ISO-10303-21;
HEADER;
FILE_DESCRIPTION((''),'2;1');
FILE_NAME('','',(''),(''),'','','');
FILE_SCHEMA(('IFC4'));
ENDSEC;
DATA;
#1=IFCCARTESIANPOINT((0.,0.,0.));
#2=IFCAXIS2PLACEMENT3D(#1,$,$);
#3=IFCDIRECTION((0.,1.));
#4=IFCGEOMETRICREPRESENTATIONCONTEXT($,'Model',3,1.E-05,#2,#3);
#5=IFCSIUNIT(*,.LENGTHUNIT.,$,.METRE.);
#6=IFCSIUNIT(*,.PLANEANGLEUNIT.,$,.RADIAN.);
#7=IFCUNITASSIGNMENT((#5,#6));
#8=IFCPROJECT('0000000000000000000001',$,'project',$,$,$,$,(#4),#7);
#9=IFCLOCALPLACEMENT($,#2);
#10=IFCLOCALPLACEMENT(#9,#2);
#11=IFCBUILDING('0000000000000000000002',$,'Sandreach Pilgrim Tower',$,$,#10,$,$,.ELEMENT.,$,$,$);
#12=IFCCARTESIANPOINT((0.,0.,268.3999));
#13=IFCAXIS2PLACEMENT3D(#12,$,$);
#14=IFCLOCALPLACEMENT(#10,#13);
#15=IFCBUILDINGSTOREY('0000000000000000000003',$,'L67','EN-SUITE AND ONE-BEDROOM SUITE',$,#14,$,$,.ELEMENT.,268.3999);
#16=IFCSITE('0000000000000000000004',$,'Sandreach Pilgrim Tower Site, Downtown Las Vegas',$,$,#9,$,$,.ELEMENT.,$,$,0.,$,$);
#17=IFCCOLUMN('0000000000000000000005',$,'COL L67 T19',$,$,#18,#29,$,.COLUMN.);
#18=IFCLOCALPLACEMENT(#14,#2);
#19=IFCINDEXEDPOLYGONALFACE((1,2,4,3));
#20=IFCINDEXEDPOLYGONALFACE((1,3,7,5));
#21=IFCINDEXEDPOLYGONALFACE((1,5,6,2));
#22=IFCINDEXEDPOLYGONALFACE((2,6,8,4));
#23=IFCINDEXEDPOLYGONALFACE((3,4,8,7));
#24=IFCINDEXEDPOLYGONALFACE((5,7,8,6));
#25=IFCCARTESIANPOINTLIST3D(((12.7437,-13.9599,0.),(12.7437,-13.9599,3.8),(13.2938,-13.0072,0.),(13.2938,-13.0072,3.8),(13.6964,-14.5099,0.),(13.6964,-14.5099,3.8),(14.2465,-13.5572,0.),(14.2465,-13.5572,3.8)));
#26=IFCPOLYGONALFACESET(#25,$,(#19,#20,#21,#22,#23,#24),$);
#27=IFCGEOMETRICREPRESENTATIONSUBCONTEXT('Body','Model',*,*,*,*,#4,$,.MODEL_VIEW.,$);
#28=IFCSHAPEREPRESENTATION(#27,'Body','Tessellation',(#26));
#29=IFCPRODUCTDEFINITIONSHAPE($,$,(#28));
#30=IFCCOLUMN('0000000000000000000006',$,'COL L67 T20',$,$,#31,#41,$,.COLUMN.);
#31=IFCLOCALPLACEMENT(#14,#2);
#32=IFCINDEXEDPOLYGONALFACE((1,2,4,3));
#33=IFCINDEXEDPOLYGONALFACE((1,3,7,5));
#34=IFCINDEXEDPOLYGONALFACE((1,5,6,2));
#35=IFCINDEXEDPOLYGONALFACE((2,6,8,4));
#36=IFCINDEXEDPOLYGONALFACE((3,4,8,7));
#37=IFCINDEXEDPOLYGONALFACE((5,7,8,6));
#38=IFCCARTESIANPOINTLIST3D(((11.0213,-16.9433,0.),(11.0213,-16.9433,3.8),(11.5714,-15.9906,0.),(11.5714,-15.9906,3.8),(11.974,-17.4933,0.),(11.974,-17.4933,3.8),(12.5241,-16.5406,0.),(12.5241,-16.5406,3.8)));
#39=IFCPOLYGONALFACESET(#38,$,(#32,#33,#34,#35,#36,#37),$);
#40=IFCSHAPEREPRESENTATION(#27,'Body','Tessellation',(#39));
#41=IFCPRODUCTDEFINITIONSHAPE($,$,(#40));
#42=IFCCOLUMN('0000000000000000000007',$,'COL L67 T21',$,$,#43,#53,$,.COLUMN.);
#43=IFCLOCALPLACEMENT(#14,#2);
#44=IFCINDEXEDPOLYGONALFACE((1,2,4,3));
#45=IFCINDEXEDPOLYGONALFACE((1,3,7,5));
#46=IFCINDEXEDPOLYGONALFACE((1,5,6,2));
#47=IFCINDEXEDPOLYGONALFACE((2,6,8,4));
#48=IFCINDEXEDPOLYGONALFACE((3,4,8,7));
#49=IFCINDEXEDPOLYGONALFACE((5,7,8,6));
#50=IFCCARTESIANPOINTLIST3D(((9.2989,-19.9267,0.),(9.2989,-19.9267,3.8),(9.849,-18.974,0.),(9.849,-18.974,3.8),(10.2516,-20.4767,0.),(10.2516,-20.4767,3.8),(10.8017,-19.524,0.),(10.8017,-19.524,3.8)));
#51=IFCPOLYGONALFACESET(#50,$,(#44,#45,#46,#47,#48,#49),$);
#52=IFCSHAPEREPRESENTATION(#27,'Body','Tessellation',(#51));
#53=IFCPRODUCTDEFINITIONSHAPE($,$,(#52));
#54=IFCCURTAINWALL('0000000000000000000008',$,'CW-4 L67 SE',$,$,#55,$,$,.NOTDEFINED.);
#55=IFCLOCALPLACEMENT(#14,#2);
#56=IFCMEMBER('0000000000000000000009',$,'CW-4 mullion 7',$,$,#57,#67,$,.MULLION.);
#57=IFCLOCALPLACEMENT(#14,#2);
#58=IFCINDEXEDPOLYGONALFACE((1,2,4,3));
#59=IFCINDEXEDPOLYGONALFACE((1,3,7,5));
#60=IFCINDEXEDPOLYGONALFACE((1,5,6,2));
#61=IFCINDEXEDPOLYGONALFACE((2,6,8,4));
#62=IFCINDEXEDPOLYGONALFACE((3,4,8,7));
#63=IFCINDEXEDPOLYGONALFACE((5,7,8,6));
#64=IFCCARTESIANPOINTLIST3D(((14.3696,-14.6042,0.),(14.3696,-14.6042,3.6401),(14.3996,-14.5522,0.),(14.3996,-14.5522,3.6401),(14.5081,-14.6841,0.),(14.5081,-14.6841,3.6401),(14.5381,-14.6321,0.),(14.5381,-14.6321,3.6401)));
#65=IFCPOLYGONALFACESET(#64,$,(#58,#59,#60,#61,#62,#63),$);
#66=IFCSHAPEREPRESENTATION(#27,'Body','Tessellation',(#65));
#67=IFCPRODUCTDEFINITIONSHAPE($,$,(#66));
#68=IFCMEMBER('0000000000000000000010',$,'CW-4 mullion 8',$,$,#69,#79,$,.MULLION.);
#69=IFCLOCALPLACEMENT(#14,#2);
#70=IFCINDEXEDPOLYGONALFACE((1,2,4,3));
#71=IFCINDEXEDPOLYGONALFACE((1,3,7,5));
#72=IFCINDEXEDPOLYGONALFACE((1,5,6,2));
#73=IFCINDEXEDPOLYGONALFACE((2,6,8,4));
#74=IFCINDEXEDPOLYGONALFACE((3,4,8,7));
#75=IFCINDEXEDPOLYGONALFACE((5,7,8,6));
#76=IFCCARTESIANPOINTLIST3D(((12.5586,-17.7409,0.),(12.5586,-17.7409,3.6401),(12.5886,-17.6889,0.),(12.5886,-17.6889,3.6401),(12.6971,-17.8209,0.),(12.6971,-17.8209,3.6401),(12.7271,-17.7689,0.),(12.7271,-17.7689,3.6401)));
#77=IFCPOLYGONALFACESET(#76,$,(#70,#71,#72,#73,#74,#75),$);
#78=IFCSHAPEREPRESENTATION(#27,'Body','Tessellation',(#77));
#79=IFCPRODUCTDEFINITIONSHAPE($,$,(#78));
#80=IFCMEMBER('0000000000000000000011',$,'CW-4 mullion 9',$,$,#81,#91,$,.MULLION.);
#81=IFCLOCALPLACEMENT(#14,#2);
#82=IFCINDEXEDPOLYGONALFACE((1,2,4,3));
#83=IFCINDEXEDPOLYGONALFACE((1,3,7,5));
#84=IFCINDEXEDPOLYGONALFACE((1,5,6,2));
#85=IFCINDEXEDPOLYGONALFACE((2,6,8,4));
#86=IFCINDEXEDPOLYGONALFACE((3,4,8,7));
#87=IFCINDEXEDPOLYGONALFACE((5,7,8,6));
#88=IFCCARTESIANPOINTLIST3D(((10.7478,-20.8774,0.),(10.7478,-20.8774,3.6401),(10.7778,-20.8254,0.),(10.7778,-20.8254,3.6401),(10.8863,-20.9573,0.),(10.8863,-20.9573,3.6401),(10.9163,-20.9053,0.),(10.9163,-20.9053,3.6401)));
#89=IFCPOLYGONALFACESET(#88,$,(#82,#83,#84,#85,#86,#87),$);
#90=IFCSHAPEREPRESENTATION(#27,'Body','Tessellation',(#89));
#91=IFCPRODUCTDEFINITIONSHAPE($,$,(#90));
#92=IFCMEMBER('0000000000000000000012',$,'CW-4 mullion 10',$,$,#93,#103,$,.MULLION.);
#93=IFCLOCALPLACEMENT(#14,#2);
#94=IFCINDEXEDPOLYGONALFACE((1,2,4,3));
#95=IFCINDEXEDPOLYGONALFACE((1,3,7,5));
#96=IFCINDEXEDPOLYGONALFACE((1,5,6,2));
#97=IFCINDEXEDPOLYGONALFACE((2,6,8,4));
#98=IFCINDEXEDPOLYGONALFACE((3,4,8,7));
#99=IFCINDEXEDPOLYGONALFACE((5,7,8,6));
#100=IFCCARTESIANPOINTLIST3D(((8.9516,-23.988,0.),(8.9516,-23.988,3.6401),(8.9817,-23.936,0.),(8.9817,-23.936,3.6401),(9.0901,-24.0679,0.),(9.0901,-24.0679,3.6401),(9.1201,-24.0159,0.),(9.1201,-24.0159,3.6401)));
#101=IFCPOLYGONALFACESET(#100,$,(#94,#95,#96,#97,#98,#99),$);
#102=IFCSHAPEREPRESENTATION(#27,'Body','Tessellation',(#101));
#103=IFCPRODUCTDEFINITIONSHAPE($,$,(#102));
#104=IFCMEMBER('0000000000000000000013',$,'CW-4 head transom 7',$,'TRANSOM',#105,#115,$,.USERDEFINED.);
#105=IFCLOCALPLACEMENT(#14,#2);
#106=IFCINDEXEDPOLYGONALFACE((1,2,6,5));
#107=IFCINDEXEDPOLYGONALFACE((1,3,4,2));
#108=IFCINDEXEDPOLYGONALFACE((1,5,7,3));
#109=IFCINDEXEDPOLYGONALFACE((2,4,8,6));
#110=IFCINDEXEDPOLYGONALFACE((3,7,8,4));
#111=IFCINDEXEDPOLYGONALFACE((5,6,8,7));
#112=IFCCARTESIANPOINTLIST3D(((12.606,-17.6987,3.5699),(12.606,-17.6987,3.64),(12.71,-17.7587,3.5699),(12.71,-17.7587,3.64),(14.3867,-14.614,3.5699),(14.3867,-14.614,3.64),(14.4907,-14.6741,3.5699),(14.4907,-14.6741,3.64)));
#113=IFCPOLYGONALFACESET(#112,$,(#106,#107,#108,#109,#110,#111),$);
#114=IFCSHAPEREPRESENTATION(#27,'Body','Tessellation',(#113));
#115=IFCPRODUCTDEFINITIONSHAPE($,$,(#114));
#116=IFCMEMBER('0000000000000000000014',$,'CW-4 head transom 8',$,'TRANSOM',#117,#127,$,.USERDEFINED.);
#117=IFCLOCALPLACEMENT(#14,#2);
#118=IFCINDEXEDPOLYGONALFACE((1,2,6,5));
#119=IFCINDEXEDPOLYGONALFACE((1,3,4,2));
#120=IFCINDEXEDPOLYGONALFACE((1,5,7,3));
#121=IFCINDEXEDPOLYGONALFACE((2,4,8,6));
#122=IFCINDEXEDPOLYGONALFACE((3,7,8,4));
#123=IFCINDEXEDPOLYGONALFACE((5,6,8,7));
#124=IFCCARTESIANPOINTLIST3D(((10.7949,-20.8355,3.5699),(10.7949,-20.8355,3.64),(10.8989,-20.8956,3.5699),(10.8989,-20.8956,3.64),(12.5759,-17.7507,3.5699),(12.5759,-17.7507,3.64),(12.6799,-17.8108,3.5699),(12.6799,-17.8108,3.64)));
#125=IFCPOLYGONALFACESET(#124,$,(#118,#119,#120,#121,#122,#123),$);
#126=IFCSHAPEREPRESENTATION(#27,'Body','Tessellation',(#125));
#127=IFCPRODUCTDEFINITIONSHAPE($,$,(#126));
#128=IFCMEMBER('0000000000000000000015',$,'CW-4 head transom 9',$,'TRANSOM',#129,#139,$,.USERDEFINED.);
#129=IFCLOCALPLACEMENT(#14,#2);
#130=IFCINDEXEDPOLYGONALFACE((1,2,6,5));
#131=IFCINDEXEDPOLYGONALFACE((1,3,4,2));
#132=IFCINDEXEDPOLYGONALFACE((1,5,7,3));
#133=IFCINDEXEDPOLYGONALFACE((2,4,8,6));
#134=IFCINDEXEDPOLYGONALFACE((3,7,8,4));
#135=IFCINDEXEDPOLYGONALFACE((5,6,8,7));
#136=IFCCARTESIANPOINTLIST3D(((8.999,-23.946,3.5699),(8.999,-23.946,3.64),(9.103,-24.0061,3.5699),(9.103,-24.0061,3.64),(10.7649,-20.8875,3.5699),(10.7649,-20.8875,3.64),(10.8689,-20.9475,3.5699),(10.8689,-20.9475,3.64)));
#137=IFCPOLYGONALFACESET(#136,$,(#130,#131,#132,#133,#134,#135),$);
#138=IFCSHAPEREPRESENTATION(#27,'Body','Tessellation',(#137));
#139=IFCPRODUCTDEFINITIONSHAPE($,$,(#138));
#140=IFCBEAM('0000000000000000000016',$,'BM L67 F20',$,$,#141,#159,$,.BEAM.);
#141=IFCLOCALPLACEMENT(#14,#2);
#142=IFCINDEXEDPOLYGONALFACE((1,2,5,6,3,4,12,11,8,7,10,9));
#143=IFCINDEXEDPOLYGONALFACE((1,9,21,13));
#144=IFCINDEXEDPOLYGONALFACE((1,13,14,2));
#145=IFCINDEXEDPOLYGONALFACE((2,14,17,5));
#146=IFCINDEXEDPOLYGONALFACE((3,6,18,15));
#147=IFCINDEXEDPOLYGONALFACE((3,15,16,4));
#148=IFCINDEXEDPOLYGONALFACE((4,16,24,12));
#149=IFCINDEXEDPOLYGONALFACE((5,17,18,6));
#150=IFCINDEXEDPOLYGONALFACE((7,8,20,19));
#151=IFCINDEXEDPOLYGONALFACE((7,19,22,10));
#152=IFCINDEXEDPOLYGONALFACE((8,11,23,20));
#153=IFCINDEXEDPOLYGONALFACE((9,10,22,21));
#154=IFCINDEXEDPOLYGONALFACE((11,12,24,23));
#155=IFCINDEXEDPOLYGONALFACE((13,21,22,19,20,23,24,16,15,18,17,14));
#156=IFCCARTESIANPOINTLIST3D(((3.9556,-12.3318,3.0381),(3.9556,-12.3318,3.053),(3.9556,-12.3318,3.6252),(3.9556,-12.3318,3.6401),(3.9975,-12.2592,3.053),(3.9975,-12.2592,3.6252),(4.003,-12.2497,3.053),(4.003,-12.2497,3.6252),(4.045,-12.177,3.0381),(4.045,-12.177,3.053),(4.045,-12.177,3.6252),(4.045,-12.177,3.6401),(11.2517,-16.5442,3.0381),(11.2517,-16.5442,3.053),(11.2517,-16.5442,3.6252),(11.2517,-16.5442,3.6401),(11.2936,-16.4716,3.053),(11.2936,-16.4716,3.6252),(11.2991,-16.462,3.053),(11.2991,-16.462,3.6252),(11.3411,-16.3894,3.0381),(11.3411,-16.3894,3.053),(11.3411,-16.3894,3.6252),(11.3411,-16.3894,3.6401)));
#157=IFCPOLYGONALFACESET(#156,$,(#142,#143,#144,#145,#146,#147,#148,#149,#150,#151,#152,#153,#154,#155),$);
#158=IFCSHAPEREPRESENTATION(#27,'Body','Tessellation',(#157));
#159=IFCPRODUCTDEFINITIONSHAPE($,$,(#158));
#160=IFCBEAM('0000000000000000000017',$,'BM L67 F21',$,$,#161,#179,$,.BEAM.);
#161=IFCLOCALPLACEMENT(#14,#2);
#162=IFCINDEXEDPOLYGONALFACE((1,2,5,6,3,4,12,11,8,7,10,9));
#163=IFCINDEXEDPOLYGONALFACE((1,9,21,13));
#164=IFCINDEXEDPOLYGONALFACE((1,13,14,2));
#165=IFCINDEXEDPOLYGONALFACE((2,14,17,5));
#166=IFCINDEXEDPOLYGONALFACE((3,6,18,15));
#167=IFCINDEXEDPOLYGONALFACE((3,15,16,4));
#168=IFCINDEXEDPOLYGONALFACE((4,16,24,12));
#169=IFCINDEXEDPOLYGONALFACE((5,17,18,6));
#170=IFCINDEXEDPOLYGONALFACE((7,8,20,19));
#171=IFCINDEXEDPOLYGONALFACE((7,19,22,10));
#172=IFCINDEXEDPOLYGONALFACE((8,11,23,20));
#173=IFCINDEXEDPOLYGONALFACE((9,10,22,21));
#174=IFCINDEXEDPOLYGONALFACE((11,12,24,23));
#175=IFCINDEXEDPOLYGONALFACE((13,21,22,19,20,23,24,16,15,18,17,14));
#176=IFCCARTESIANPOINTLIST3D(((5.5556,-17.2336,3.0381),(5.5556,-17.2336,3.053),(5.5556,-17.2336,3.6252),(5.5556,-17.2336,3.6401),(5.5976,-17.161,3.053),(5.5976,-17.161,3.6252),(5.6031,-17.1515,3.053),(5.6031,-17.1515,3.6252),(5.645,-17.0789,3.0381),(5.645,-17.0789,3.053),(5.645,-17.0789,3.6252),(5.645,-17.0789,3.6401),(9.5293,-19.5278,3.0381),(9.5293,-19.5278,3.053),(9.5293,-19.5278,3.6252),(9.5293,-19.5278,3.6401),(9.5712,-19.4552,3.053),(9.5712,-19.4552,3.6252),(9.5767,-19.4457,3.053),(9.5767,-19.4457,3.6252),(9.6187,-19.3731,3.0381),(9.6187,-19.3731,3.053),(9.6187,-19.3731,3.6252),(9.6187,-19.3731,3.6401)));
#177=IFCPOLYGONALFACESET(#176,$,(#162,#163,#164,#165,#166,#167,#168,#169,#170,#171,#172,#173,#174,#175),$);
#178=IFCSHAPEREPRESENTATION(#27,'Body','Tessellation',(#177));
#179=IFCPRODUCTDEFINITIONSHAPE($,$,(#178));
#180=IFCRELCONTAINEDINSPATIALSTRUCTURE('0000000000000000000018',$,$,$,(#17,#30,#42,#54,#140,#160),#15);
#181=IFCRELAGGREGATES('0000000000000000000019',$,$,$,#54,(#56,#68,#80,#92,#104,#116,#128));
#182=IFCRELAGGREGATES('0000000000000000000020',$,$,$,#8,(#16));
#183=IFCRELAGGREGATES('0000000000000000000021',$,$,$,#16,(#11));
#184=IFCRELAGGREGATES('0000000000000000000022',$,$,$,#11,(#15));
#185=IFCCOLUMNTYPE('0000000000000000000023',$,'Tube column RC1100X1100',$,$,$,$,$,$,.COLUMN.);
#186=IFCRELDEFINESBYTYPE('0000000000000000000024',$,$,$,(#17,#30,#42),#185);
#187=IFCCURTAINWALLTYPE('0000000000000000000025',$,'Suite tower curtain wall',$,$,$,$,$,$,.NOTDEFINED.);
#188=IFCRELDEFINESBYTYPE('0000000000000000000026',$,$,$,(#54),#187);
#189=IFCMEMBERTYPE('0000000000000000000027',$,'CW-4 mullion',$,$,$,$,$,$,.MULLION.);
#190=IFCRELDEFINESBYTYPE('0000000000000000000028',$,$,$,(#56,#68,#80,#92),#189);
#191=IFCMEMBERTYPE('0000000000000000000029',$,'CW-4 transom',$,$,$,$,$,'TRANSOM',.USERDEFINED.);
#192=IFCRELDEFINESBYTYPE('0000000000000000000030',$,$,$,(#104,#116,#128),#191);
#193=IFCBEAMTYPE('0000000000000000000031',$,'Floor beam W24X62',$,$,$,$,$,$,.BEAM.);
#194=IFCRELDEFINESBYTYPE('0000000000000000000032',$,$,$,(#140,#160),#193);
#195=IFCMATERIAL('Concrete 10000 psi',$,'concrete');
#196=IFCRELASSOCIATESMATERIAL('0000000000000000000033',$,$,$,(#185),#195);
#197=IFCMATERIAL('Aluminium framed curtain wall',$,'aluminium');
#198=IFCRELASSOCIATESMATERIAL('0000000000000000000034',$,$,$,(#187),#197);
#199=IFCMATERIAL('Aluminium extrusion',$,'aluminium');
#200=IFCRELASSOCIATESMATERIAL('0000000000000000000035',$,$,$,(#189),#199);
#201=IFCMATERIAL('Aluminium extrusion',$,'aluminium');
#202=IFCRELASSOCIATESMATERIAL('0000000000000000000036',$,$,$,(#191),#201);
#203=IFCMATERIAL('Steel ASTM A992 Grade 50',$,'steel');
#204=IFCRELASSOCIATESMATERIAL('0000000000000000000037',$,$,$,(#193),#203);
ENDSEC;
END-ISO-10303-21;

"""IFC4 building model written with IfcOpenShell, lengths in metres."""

from ifc_helpers import new_model, si_unit, direction, frame, origin, origin_2d, place, context, subcontext, project, spatial, rectangle, i_section, extrude, material, material_profile, profile_set, type_object, element, aggregate, save


model = new_model("IFC4")

# Units and contexts
model_context = context("Model", 3, precision=1e-05, world=origin(), true_north=direction((0.0, 1.0)))
body_context = subcontext(model_context, "Body", "Model", "MODEL_VIEW")
ifc_project = project(units=[si_unit("LENGTHUNIT", "METRE"), si_unit("PLANEANGLEUNIT", "RADIAN")], contexts=[model_context])

# Site, building, storey
site_placement = place(None, origin())
site = spatial("IfcSite", under=ifc_project, at=site_placement, Name="Sandreach Pilgrim Tower Site, Downtown Las Vegas", CompositionType="ELEMENT", RefElevation=0.0)
building_placement = place(site_placement, origin())
building = spatial("IfcBuilding", under=site, at=building_placement, Name="Sandreach Pilgrim Tower", CompositionType="ELEMENT")
storey_placement = place(building_placement, frame((0.0, 0.0, 268.3999)))
storey = spatial("IfcBuildingStorey", under=building, at=storey_placement, Name="L67", Description="EN-SUITE AND ONE-BEDROOM SUITE", CompositionType="ELEMENT", Elevation=268.3999)

# Columns
ifc_material_1 = material(Name="Concrete 10000 psi", Category="concrete")
ifc_material_profile_1 = material_profile(ifc_material_1, rectangle(XDim=1.1001, YDim=1.1001, at=origin_2d()), Name="RC1100X1100")
ifc_profile_set_1 = profile_set([ifc_material_profile_1], Name="Concrete 10000 psi")
column_type = type_object("IfcColumnType", Name="Tube column RC1100X1100", PredefinedType="COLUMN", material=ifc_profile_set_1)
for number, where, z_axis, x_axis, name in (
    (1, (13.4951, -13.7585, 0.0), (0.0, 0.0, 1.0), (0.866025, -0.5, 0.0), "COL L67 T19"),
    (2, (11.7727, -16.7419, 0.0), (0.0, 0.0, 1.0), (0.866025, -0.5, 0.0), "COL L67 T20"),
    (3, (10.0503, -19.7253, 0.0), (0.0, 0.0, 1.0), (0.866025, -0.5, 0.0), "COL L67 T21"),
):
    element("IfcColumn", number, at=place(storey_placement, frame(where, z_axis=z_axis, x_axis=x_axis)), inside=storey, type_object=column_type, Name=name, PredefinedType="COLUMN", context=body_context, shape_type="SweptSolid", body=[
        extrude(rectangle(XDim=1.1001, YDim=1.1001, at=origin_2d()), origin(), (0.0, 0.0, 1.0), 3.8),
    ])

# Curtain wall, members
ifc_material_2 = material(Name="Aluminium framed curtain wall", Category="aluminium")
curtain_wall_type = type_object("IfcCurtainWallType", Name="Suite tower curtain wall", PredefinedType="NOTDEFINED", material=ifc_material_2)
curtain_wall_placement = place(storey_placement, origin())
curtain_wall = element("IfcCurtainWall", 4, at=curtain_wall_placement, inside=storey, type_object=curtain_wall_type, Name="CW-4 L67 SE", PredefinedType="NOTDEFINED")
ifc_material_3 = material(Name="Aluminium extrusion", Category="aluminium")
ifc_material_profile_2 = material_profile(ifc_material_3, rectangle(XDim=0.0601, YDim=0.1599, at=origin_2d()), Name="CW-4M 60X160")
ifc_profile_set_2 = profile_set([ifc_material_profile_2], Name="Aluminium extrusion")
member_type_1 = type_object("IfcMemberType", Name="CW-4 mullion", PredefinedType="MULLION", material=ifc_profile_set_2)
member_1_placement = place(storey_placement, frame((14.4539, -14.6182, 0.0), z_axis=(0.0, 0.0, 1.0), x_axis=(-0.5, -0.866025, 0.0)))
member_1 = element("IfcMember", 5, at=member_1_placement, type_object=member_type_1, Name="CW-4 mullion 7", PredefinedType="MULLION", context=body_context, shape_type="SweptSolid", body=[
    extrude(rectangle(XDim=0.0601, YDim=0.1599, at=origin_2d()), origin(), (0.0, 0.0, 1.0), 3.6401),
])
member_2_placement = place(storey_placement, frame((12.6428, -17.7549, 0.0), z_axis=(0.0, 0.0, 1.0), x_axis=(-0.5, -0.866025, 0.0)))
member_2 = element("IfcMember", 6, at=member_2_placement, type_object=member_type_1, Name="CW-4 mullion 8", PredefinedType="MULLION", context=body_context, shape_type="SweptSolid", body=[
    extrude(rectangle(XDim=0.0601, YDim=0.1599, at=origin_2d()), origin(), (0.0, 0.0, 1.0), 3.6401),
])
member_3_placement = place(storey_placement, frame((10.832, -20.8914, 0.0), z_axis=(0.0, 0.0, 1.0), x_axis=(-0.5, -0.866025, 0.0)))
member_3 = element("IfcMember", 7, at=member_3_placement, type_object=member_type_1, Name="CW-4 mullion 9", PredefinedType="MULLION", context=body_context, shape_type="SweptSolid", body=[
    extrude(rectangle(XDim=0.0601, YDim=0.1599, at=origin_2d()), origin(), (0.0, 0.0, 1.0), 3.6401),
])
member_4_placement = place(storey_placement, frame((9.0359, -24.002, 0.0), z_axis=(0.0, 0.0, 1.0), x_axis=(-0.5, -0.866025, 0.0)))
member_4 = element("IfcMember", 8, at=member_4_placement, type_object=member_type_1, Name="CW-4 mullion 10", PredefinedType="MULLION", context=body_context, shape_type="SweptSolid", body=[
    extrude(rectangle(XDim=0.0601, YDim=0.1599, at=origin_2d()), origin(), (0.0, 0.0, 1.0), 3.6401),
])
ifc_material_4 = material(Name="Aluminium extrusion", Category="aluminium")
ifc_material_profile_3 = material_profile(ifc_material_4, rectangle(XDim=0.1201, YDim=0.0701, at=origin_2d()), Name="CW-4T 120X70")
ifc_profile_set_3 = profile_set([ifc_material_profile_3], Name="Aluminium extrusion")
member_type_2 = type_object("IfcMemberType", Name="CW-4 transom", ElementType="TRANSOM", PredefinedType="USERDEFINED", material=ifc_profile_set_3)
member_5_placement = place(storey_placement, frame((14.4387, -14.644, 3.605), z_axis=(-0.499958, -0.86605, 0.0), x_axis=(0.86605, -0.499958, 0.0)))
member_5 = element("IfcMember", 9, at=member_5_placement, type_object=member_type_2, Name="CW-4 head transom 7", ObjectType="TRANSOM", PredefinedType="USERDEFINED", context=body_context, shape_type="SweptSolid", body=[
    extrude(rectangle(XDim=0.1201, YDim=0.0701, at=origin_2d()), origin(), (0.0, 0.0, 1.0), 3.5618),
])
member_6_placement = place(storey_placement, frame((12.6279, -17.7808, 3.605), z_axis=(-0.500009, -0.86602, 0.0), x_axis=(0.86602, -0.500009, 0.0)))
member_6 = element("IfcMember", 10, at=member_6_placement, type_object=member_type_2, Name="CW-4 head transom 8", ObjectType="TRANSOM", PredefinedType="USERDEFINED", context=body_context, shape_type="SweptSolid", body=[
    extrude(rectangle(XDim=0.1201, YDim=0.0701, at=origin_2d()), origin(), (0.0, 0.0, 1.0), 3.562),
])
member_7_placement = place(storey_placement, frame((10.8169, -20.9175, 3.605), z_axis=(-0.499998, -0.866027, 0.0), x_axis=(0.866027, -0.499998, 0.0)))
member_7 = element("IfcMember", 11, at=member_7_placement, type_object=member_type_2, Name="CW-4 head transom 9", ObjectType="TRANSOM", PredefinedType="USERDEFINED", context=body_context, shape_type="SweptSolid", body=[
    extrude(rectangle(XDim=0.1201, YDim=0.0701, at=origin_2d()), origin(), (0.0, 0.0, 1.0), 3.5317),
])

# Beams
ifc_material_5 = material(Name="Steel ASTM A992 Grade 50", Category="steel")
ifc_material_profile_4 = material_profile(ifc_material_5, i_section(OverallWidth=0.1787, OverallDepth=0.6021, WebThickness=0.011, FlangeThickness=0.0149, at=origin_2d()), Name="W24X62")
ifc_profile_set_4 = profile_set([ifc_material_profile_4], Name="Steel ASTM A992 Grade 50")
beam_type_1 = type_object("IfcBeamType", Name="Floor beam W24X62", PredefinedType="BEAM", material=ifc_profile_set_4)
beam_1_placement = place(storey_placement, frame((11.2964, -16.4668, 3.3391), z_axis=(-0.866027, 0.499998, 0.0), x_axis=(-0.499998, -0.866027, 0.0)))
element("IfcBeam", 12, at=beam_1_placement, inside=storey, type_object=beam_type_1, Name="BM L67 F20", PredefinedType="BEAM", context=body_context, shape_type="SweptSolid", body=[
    extrude(i_section(OverallWidth=0.1787, OverallDepth=0.6021, WebThickness=0.011, FlangeThickness=0.0149, at=origin_2d()), origin(), (0.0, 0.0, 1.0), 8.4248),
])
beam_2_placement = place(storey_placement, frame((9.574, -19.4504, 3.3391), z_axis=(-0.866024, 0.500002, 0.0), x_axis=(-0.500002, -0.866024, 0.0)))
element("IfcBeam", 13, at=beam_2_placement, inside=storey, type_object=beam_type_1, Name="BM L67 F21", PredefinedType="BEAM", context=body_context, shape_type="SweptSolid", body=[
    extrude(i_section(OverallWidth=0.1787, OverallDepth=0.6021, WebThickness=0.011, FlangeThickness=0.0149, at=origin_2d()), origin(), (0.0, 0.0, 1.0), 4.5884),
])

aggregate(curtain_wall, [member_1, member_2, member_3, member_4, member_5, member_6, member_7])

save(model, "model.ifc")
